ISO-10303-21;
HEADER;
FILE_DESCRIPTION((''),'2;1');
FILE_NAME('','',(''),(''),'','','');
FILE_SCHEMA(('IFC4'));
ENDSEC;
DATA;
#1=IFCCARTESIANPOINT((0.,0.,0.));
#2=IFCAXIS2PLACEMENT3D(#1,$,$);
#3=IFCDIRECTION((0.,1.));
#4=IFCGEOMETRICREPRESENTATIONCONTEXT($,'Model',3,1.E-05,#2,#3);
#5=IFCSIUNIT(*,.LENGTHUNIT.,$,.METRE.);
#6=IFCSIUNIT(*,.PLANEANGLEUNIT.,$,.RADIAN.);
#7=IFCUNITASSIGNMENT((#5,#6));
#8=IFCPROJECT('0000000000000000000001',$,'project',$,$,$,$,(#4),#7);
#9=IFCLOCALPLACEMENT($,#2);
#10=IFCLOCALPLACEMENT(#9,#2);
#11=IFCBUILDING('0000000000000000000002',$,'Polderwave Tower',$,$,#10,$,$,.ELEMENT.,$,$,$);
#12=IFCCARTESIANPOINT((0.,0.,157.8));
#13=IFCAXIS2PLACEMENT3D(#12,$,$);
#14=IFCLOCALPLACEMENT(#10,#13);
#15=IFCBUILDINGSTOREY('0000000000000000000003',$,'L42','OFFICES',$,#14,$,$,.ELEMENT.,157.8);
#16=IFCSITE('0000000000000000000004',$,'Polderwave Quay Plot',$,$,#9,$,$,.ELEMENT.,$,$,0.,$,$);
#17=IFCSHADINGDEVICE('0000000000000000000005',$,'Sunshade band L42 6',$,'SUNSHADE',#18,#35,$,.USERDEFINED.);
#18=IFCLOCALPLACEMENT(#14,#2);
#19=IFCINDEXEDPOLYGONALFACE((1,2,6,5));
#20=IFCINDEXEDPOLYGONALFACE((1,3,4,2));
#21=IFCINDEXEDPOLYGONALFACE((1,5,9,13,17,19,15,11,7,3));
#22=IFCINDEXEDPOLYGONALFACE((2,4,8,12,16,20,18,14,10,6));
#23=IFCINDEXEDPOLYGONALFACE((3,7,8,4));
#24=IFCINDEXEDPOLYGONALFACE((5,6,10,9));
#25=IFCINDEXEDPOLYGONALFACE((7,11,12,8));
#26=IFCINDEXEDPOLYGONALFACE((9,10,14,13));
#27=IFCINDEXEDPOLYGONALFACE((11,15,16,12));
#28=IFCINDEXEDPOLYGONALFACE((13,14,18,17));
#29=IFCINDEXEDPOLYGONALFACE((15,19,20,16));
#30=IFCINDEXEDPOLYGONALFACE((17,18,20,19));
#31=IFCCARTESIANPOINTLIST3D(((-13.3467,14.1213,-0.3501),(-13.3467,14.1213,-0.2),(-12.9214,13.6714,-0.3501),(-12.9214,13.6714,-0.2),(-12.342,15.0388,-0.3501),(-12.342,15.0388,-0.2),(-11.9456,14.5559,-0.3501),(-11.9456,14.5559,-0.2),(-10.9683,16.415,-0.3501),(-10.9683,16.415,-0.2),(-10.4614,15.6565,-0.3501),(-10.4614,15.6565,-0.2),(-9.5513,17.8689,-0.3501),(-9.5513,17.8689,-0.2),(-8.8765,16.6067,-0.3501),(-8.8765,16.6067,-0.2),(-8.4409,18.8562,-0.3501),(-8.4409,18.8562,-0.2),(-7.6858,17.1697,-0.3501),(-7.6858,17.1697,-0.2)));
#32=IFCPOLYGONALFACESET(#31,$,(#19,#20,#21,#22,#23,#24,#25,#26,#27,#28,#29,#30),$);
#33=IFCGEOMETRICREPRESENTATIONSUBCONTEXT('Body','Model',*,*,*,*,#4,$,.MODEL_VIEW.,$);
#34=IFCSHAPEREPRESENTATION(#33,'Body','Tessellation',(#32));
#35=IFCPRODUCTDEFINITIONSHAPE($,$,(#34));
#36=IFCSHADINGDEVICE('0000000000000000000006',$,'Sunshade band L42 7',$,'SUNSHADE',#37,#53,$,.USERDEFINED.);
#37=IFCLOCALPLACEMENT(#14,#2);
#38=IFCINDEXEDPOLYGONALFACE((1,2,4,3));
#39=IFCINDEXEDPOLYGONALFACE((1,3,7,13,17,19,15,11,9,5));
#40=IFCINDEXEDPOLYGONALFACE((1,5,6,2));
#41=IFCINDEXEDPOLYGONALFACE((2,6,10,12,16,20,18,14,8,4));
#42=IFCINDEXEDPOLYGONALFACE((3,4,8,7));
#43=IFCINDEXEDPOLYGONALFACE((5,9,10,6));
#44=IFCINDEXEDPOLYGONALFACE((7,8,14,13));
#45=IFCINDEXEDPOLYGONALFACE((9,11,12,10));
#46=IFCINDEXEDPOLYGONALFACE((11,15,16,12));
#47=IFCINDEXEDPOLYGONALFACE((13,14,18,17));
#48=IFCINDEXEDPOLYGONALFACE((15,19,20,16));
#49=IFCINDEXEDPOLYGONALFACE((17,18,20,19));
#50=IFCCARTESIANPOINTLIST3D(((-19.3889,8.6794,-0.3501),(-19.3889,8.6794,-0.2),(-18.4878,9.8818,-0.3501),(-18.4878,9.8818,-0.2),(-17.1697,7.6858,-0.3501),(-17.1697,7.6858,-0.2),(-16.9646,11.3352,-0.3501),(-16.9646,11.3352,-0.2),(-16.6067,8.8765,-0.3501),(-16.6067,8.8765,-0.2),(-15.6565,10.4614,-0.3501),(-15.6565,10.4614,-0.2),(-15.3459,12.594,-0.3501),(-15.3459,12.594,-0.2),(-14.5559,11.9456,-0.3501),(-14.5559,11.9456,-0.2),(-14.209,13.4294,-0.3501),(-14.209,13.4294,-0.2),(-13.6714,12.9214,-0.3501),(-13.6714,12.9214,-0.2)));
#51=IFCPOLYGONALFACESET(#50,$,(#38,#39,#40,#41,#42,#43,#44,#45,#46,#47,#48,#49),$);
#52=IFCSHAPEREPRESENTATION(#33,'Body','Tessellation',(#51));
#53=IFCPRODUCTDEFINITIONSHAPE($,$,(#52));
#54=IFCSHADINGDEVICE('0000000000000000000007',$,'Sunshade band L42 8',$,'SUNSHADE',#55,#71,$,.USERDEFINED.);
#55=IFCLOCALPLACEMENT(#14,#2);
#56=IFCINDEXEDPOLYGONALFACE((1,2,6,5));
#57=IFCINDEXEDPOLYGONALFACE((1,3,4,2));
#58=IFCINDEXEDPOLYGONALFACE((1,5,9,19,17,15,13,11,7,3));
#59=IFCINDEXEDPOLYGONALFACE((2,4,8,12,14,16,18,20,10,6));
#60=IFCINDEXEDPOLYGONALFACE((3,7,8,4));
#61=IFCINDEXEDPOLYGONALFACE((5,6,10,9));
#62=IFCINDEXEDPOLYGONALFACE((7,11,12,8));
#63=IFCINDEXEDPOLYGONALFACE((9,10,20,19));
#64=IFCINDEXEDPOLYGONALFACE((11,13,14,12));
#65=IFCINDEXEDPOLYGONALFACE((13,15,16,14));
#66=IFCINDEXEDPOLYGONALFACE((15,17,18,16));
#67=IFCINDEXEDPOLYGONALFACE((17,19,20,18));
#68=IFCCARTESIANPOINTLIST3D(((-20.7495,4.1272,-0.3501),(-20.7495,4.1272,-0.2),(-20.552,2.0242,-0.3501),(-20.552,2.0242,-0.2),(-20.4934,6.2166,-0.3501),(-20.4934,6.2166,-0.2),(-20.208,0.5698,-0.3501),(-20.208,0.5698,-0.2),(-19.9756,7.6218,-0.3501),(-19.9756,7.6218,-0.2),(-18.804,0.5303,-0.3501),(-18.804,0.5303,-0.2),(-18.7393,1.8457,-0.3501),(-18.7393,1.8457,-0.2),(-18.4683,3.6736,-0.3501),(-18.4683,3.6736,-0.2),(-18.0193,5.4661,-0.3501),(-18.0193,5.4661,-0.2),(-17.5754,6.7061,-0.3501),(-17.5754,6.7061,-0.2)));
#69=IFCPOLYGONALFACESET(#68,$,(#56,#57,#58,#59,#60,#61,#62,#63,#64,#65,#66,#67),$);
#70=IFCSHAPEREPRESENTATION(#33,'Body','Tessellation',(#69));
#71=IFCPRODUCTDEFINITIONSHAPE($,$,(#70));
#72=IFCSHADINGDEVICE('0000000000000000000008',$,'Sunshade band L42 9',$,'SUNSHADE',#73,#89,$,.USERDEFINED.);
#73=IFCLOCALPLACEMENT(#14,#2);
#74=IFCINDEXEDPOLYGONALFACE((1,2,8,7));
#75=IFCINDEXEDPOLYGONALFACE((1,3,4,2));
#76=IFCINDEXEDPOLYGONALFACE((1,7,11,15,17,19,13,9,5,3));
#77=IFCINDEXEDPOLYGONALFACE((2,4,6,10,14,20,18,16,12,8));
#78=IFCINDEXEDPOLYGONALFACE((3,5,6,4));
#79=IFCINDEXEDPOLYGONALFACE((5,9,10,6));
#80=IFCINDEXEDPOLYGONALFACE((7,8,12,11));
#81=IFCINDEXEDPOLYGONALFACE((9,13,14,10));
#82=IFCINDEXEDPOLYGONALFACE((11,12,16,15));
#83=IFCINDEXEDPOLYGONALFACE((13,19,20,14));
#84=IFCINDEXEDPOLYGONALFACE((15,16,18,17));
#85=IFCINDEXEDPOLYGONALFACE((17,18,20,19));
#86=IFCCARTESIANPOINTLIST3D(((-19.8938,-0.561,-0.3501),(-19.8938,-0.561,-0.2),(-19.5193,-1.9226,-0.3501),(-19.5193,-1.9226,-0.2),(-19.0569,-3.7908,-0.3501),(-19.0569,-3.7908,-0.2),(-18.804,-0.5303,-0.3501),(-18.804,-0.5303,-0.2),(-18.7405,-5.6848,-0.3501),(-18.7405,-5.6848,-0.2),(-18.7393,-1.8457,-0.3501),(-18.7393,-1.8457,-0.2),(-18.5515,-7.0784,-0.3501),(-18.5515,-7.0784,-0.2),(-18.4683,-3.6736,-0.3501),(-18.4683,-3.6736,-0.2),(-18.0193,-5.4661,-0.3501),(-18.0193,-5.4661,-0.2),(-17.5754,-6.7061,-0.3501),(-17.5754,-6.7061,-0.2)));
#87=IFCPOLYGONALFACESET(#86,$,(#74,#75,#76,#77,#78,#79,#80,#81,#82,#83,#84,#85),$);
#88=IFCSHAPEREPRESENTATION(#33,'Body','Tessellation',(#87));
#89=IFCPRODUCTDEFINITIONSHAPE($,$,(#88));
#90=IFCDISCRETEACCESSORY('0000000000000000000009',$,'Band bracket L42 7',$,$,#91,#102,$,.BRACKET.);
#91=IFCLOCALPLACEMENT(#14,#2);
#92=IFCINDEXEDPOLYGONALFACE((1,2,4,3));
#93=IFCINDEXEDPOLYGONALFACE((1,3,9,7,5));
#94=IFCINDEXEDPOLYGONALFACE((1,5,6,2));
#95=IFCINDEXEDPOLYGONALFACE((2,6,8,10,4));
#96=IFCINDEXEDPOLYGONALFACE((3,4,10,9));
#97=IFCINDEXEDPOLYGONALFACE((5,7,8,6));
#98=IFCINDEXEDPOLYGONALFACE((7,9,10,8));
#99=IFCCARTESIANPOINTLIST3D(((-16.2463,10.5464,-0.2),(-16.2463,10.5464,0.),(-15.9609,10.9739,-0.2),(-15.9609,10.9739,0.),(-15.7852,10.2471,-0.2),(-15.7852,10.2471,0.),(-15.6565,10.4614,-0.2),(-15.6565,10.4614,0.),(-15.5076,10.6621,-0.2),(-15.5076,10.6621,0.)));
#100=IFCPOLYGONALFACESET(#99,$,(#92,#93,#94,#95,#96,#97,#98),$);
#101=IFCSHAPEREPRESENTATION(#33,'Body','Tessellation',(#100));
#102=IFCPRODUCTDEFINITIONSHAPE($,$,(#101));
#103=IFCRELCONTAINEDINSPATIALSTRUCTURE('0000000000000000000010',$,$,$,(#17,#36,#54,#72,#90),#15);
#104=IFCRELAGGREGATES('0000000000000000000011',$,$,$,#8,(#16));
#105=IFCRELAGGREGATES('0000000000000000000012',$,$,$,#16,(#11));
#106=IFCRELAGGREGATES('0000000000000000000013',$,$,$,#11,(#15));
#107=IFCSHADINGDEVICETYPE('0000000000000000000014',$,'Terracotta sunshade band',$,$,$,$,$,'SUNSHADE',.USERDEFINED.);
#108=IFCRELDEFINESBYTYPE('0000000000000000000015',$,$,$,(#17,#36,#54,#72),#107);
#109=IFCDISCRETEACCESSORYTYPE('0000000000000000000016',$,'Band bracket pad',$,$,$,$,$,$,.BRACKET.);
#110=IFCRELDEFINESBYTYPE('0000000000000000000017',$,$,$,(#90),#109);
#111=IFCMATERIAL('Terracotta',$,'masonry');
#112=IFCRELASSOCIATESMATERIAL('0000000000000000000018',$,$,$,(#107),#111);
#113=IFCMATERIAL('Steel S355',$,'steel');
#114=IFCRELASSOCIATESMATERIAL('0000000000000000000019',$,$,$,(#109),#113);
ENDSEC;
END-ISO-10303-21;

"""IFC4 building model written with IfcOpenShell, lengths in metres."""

from ifc_helpers import new_model, si_unit, direction, frame, origin, place, context, subcontext, project, spatial, polyline, outline, extrude, material, type_object, element, save


model = new_model("IFC4")

# Units and contexts
model_context = context("Model", 3, precision=1e-05, world=origin(), true_north=direction((0.0, 1.0)))
body_context = subcontext(model_context, "Body", "Model", "MODEL_VIEW")
ifc_project = project(units=[si_unit("LENGTHUNIT", "METRE"), si_unit("PLANEANGLEUNIT", "RADIAN")], contexts=[model_context])

# Site, building, storey
site_placement = place(None, origin())
site = spatial("IfcSite", under=ifc_project, at=site_placement, Name="Polderwave Quay Plot", CompositionType="ELEMENT", RefElevation=0.0)
building_placement = place(site_placement, origin())
building = spatial("IfcBuilding", under=site, at=building_placement, Name="Polderwave Tower", CompositionType="ELEMENT")
storey_placement = place(building_placement, frame((0.0, 0.0, 157.8)))
storey = spatial("IfcBuildingStorey", under=building, at=storey_placement, Name="L42", Description="OFFICES", CompositionType="ELEMENT", Elevation=157.8)

# Shading devices
ifc_material_1 = material(Name="Terracotta", Category="masonry")
shading_device_type = type_object("IfcShadingDeviceType", Name="Terracotta sunshade band", ElementType="SUNSHADE", PredefinedType="USERDEFINED", material=ifc_material_1)
shading_device_1_placement = place(storey_placement, frame((0.0, 0.0, -0.3501)))
element("IfcShadingDevice", 1, at=shading_device_1_placement, inside=storey, type_object=shading_device_type, Name="Sunshade band L42 6", ObjectType="SUNSHADE", PredefinedType="USERDEFINED", context=body_context, shape_type="SweptSolid", body=[
    extrude(outline(polyline([(-7.6858, 17.1697), (-8.8765, 16.6067), (-10.4614, 15.6565), (-11.9456, 14.5559), (-12.9214, 13.6714), (-13.3467, 14.1213), (-12.342, 15.0388), (-10.9683, 16.415), (-9.5513, 17.8689), (-8.4409, 18.8562), (-7.6858, 17.1697)])), origin(), (0.0, 0.0, 1.0), 0.1501),
])
shading_device_2_placement = place(storey_placement, frame((0.0, 0.0, -0.3501)))
element("IfcShadingDevice", 2, at=shading_device_2_placement, inside=storey, type_object=shading_device_type, Name="Sunshade band L42 7", ObjectType="SUNSHADE", PredefinedType="USERDEFINED", context=body_context, shape_type="SweptSolid", body=[
    extrude(outline(polyline([(-13.6714, 12.9214), (-14.5559, 11.9456), (-15.6565, 10.4614), (-16.6067, 8.8765), (-17.1697, 7.6858), (-19.3889, 8.6794), (-18.4878, 9.8818), (-16.9646, 11.3352), (-15.3459, 12.594), (-14.209, 13.4294), (-13.6714, 12.9214)])), origin(), (0.0, 0.0, 1.0), 0.1501),
])
shading_device_3_placement = place(storey_placement, frame((0.0, 0.0, -0.3501)))
element("IfcShadingDevice", 3, at=shading_device_3_placement, inside=storey, type_object=shading_device_type, Name="Sunshade band L42 8", ObjectType="SUNSHADE", PredefinedType="USERDEFINED", context=body_context, shape_type="SweptSolid", body=[
    extrude(outline(polyline([(-17.5754, 6.7061), (-18.0193, 5.4661), (-18.4683, 3.6736), (-18.7393, 1.8457), (-18.804, 0.5303), (-20.208, 0.5698), (-20.552, 2.0242), (-20.7495, 4.1272), (-20.4934, 6.2166), (-19.9756, 7.6218), (-17.5754, 6.7061)])), origin(), (0.0, 0.0, 1.0), 0.1501),
])
shading_device_4_placement = place(storey_placement, frame((0.0, 0.0, -0.3501)))
element("IfcShadingDevice", 4, at=shading_device_4_placement, inside=storey, type_object=shading_device_type, Name="Sunshade band L42 9", ObjectType="SUNSHADE", PredefinedType="USERDEFINED", context=body_context, shape_type="SweptSolid", body=[
    extrude(outline(polyline([(-18.804, -0.5303), (-18.7393, -1.8457), (-18.4683, -3.6736), (-18.0193, -5.4661), (-17.5754, -6.7061), (-18.5515, -7.0784), (-18.7405, -5.6848), (-19.0569, -3.7908), (-19.5193, -1.9226), (-19.8938, -0.561), (-18.804, -0.5303)])), origin(), (0.0, 0.0, 1.0), 0.1501),
])

# Discrete accessory
ifc_material_2 = material(Name="Steel S355", Category="steel")
discrete_accessory_type = type_object("IfcDiscreteAccessoryType", Name="Band bracket pad", PredefinedType="BRACKET", material=ifc_material_2)
discrete_accessory_placement = place(storey_placement, frame((0.0, 0.0, -0.2)))
element("IfcDiscreteAccessory", 5, at=discrete_accessory_placement, inside=storey, type_object=discrete_accessory_type, Name="Band bracket L42 7", PredefinedType="BRACKET", context=body_context, shape_type="SweptSolid", body=[
    extrude(outline(polyline([(-15.5076, 10.6621), (-15.6565, 10.4614), (-15.7852, 10.2471), (-16.2463, 10.5464), (-15.9609, 10.9739), (-15.5076, 10.6621)])), origin(), (0.0, 0.0, 1.0), 0.2),
])

save(model, "model.ifc")
